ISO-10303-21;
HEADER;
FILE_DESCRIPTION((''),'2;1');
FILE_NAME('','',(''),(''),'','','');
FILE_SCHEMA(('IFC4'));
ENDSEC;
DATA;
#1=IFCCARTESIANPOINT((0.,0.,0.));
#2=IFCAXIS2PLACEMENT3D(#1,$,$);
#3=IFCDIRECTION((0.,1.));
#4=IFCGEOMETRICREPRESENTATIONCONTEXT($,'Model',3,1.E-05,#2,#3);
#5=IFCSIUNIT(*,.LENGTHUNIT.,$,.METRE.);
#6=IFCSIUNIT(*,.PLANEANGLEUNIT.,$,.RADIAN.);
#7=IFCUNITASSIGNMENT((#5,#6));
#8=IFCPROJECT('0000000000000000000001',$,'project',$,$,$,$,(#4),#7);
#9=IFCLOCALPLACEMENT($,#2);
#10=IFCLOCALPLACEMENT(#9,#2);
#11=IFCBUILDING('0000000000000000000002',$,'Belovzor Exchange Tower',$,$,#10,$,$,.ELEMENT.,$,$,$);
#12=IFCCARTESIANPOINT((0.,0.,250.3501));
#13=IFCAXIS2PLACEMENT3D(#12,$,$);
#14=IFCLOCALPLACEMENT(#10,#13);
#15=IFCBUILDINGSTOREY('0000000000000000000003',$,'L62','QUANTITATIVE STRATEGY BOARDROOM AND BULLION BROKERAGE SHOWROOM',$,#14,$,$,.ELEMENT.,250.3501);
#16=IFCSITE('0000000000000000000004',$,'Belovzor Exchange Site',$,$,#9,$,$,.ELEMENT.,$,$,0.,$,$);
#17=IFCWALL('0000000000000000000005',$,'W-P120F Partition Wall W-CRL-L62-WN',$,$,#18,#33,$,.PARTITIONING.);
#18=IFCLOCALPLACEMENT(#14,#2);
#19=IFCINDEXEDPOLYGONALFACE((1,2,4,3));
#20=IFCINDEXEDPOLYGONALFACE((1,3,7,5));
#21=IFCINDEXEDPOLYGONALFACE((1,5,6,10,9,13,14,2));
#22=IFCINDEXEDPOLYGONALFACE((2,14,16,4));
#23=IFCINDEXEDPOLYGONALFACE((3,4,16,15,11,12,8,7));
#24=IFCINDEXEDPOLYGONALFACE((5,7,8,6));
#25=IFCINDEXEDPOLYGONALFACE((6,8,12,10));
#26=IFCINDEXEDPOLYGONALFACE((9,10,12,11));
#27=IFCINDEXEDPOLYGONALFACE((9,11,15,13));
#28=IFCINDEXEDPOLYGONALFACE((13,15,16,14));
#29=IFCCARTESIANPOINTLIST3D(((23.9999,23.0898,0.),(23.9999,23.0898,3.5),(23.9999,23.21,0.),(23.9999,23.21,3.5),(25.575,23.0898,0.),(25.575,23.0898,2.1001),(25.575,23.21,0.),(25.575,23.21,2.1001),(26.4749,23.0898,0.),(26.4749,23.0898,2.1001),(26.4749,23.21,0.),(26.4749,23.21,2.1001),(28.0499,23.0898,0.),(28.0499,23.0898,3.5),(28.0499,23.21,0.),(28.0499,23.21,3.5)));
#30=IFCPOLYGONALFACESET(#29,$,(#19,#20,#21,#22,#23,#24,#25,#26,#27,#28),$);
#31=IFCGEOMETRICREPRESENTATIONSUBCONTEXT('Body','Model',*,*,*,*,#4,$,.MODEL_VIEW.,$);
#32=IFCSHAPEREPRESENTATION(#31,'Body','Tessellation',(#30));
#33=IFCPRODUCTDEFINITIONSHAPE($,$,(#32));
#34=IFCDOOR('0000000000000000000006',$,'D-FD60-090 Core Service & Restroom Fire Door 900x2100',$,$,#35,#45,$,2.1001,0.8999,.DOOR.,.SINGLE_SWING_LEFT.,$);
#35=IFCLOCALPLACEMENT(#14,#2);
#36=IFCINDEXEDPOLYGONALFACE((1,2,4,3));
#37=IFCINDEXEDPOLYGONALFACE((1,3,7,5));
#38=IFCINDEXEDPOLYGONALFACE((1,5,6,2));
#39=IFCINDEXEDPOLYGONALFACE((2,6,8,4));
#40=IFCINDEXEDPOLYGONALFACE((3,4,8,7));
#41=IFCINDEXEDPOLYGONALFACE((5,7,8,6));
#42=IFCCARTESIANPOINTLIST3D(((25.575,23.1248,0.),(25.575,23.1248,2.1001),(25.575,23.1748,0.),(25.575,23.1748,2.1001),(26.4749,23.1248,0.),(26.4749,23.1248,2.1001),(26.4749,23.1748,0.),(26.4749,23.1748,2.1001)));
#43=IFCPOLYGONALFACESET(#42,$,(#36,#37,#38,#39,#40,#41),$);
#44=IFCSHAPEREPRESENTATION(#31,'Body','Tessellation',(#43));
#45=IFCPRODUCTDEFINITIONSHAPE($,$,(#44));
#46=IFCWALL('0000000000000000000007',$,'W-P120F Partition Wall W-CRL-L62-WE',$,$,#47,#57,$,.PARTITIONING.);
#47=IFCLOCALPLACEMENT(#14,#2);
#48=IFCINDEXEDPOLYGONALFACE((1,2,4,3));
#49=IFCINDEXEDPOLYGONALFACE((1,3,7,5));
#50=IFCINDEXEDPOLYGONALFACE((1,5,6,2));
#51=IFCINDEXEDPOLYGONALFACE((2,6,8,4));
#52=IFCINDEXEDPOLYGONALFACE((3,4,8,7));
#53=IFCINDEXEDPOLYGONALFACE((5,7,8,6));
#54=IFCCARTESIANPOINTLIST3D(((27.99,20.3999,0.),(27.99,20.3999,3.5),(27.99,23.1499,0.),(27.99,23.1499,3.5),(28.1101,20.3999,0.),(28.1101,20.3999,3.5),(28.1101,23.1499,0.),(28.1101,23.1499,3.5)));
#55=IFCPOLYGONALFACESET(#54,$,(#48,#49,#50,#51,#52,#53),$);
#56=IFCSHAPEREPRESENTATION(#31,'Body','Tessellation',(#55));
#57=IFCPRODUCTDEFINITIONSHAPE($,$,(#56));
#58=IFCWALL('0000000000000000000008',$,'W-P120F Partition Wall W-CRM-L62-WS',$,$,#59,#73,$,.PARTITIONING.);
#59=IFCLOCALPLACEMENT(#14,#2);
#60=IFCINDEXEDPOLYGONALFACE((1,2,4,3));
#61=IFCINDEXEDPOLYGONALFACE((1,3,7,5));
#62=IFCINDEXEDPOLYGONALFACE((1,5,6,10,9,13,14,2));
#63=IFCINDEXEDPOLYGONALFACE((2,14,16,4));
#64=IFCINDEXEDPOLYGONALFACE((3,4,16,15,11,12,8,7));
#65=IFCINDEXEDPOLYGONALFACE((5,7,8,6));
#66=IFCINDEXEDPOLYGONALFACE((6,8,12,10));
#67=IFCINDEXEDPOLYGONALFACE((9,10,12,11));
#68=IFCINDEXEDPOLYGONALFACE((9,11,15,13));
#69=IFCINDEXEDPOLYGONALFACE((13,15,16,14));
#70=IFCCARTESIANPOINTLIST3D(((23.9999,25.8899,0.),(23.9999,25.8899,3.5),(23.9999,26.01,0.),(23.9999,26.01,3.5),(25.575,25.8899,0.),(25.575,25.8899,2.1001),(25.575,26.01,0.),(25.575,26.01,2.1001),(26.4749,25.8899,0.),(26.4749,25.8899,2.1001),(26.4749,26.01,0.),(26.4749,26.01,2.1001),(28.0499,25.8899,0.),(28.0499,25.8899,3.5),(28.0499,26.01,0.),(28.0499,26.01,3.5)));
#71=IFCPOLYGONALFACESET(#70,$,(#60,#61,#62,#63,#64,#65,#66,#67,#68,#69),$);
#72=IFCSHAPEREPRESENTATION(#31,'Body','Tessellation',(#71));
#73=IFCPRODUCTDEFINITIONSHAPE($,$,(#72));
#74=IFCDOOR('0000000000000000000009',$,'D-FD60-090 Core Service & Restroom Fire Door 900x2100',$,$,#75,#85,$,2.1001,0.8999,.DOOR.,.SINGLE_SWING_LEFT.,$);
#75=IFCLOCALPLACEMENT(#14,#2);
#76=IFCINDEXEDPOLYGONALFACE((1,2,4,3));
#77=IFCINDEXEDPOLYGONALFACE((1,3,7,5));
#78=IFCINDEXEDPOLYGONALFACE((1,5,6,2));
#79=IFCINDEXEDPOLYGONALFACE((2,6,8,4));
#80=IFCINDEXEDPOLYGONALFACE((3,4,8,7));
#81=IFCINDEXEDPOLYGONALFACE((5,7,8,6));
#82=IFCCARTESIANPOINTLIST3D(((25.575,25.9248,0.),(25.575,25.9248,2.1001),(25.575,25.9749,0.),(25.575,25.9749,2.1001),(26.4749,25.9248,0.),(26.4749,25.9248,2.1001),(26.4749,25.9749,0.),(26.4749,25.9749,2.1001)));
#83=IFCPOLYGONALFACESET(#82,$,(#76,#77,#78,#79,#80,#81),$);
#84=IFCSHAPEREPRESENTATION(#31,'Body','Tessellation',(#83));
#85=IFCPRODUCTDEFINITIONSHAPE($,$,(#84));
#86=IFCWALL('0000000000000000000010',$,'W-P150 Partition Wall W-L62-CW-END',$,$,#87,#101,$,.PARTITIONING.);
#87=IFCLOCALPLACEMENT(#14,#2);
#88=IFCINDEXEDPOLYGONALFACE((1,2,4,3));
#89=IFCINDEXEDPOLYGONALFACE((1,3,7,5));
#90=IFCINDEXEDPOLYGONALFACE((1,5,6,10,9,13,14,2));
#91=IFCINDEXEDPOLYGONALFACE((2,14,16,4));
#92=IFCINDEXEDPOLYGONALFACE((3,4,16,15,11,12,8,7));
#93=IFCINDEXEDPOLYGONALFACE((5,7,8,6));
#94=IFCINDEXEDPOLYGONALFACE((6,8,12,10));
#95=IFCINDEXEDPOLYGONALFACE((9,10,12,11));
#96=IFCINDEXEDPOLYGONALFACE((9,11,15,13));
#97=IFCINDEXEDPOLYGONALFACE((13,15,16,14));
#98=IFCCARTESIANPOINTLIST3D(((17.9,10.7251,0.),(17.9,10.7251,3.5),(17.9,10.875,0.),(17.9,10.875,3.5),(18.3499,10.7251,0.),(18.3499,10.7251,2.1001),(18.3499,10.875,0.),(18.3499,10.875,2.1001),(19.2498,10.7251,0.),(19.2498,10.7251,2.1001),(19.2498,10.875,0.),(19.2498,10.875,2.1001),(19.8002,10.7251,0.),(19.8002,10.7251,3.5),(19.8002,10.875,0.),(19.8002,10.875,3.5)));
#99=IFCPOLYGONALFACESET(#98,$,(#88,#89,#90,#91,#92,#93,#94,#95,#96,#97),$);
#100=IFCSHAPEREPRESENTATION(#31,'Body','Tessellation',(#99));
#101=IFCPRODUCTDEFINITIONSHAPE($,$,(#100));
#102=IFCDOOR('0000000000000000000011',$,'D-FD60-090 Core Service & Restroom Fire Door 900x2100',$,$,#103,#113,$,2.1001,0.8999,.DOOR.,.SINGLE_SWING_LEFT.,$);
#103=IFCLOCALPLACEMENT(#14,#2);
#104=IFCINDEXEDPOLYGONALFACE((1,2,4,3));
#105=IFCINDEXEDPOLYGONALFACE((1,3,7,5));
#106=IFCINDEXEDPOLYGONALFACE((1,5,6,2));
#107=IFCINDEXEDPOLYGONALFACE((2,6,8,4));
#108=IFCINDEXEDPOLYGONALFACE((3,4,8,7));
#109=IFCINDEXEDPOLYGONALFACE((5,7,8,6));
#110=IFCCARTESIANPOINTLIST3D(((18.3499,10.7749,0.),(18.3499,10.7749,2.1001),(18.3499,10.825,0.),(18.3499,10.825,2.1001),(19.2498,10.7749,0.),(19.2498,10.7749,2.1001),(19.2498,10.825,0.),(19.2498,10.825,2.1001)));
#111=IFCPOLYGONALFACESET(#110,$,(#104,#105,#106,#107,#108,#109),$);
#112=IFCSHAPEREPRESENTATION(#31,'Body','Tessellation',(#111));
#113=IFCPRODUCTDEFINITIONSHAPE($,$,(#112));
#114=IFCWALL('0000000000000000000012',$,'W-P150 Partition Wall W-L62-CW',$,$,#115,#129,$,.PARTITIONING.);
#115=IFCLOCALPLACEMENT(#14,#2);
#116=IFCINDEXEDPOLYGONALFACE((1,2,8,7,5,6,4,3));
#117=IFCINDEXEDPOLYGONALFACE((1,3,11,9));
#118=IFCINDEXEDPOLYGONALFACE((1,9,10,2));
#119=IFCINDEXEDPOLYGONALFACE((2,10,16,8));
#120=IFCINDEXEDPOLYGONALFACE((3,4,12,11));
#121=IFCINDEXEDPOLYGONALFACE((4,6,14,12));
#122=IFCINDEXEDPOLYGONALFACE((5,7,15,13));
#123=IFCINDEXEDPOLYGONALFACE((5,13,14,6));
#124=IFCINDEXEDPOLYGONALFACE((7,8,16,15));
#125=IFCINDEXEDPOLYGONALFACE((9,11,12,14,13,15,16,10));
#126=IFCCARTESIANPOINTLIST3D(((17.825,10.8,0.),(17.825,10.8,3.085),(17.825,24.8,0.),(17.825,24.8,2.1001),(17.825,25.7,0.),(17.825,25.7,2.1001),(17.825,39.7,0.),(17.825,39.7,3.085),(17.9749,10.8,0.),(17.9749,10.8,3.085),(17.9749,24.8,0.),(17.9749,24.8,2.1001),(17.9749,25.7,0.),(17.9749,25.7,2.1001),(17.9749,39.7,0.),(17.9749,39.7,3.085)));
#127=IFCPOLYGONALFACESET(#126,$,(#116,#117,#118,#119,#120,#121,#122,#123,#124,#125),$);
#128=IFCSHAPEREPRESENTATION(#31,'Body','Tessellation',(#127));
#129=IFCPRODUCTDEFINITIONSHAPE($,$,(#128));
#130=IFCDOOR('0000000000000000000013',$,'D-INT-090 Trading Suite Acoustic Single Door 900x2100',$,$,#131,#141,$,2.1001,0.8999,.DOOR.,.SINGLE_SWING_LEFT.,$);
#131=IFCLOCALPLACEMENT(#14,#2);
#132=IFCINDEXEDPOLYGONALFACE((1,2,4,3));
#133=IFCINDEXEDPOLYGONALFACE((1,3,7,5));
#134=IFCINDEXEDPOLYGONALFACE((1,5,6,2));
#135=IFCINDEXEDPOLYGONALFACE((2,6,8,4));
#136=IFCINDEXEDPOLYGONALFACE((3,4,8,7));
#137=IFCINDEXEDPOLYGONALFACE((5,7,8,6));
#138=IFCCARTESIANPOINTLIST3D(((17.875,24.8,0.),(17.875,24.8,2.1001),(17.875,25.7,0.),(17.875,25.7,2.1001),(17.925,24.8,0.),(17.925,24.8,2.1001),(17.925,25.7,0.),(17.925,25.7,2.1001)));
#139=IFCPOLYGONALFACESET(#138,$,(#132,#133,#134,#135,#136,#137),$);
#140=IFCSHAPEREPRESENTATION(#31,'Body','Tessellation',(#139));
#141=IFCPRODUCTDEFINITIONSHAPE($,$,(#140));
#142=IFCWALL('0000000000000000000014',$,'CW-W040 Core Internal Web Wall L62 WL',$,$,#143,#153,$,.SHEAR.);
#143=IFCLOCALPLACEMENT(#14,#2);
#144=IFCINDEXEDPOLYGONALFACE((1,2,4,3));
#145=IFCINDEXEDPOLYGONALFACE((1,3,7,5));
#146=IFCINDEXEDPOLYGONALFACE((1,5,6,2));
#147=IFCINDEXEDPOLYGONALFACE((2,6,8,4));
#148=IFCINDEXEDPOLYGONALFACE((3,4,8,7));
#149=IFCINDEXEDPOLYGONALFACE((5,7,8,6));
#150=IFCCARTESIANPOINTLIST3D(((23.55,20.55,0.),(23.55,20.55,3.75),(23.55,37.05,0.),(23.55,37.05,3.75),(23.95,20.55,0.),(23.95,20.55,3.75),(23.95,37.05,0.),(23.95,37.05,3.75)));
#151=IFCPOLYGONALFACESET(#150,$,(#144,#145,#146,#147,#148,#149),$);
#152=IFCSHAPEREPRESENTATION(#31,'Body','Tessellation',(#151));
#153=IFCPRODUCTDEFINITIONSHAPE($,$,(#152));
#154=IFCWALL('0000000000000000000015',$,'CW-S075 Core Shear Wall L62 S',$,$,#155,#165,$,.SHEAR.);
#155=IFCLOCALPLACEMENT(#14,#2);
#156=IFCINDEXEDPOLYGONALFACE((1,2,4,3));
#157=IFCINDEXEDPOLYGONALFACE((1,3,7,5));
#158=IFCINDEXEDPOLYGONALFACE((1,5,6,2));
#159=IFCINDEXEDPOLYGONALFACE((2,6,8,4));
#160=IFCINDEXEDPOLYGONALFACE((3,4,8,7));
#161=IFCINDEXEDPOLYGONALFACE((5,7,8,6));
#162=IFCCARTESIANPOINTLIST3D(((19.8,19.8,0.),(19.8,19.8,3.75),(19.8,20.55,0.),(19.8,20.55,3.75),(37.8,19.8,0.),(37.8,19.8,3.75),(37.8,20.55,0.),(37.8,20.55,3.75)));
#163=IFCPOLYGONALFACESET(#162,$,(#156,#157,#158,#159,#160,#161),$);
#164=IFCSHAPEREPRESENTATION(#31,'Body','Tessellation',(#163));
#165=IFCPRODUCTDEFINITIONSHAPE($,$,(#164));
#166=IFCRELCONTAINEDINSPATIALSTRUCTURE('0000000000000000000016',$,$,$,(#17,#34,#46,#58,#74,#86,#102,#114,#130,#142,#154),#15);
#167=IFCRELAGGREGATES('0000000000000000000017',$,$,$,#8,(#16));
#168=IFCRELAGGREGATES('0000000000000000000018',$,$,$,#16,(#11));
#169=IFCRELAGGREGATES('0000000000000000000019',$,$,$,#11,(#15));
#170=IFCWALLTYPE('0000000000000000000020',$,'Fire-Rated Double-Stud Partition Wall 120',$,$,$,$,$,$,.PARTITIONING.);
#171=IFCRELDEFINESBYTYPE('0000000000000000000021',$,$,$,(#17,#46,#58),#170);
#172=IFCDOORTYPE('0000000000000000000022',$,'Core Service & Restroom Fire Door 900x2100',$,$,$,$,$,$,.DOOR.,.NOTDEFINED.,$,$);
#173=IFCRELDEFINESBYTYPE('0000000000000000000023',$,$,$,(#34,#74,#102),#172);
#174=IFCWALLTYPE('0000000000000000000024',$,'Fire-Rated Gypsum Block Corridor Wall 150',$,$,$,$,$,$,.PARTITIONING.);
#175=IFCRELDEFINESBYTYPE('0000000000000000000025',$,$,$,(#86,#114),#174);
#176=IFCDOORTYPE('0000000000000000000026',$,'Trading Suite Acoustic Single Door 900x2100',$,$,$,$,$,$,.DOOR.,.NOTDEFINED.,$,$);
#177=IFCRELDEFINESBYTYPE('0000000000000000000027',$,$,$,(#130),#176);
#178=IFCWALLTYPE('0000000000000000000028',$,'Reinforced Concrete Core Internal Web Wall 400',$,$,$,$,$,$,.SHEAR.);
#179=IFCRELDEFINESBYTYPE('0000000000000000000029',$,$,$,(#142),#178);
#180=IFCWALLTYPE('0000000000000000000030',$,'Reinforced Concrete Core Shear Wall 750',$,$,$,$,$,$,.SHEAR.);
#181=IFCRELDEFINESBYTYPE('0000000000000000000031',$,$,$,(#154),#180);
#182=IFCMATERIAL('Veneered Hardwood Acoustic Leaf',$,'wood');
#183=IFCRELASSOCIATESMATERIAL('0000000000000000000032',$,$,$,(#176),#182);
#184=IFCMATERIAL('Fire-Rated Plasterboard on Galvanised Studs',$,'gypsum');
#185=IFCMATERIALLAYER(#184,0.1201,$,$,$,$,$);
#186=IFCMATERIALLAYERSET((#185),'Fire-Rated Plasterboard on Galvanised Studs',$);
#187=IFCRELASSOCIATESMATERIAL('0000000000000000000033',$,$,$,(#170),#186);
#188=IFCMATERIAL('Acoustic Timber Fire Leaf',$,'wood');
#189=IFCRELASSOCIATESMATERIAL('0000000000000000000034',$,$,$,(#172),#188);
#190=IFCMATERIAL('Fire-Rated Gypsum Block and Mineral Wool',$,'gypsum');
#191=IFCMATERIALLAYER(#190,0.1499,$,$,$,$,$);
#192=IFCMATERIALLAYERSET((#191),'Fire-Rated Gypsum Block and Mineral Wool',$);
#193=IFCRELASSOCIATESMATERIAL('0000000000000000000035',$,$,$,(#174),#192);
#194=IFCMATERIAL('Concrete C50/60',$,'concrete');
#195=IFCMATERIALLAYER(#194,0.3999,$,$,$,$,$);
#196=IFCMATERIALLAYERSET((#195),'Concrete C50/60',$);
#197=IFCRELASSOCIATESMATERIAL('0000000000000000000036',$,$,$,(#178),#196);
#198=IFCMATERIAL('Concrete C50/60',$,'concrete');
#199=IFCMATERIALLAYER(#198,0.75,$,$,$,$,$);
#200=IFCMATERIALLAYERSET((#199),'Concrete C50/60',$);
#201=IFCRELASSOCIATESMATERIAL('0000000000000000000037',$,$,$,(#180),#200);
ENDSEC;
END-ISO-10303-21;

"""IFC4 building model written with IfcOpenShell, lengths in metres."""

from ifc_helpers import new_model, si_unit, direction, frame, frame_2d, origin, place, context, subcontext, project, spatial, rectangle, extrude, material, layer, layer_set, type_object, element, fill, save


model = new_model("IFC4")

# Units and contexts
model_context = context("Model", 3, precision=1e-05, world=origin(), true_north=direction((0.0, 1.0)))
body_context = subcontext(model_context, "Body", "Model", "MODEL_VIEW")
ifc_project = project(units=[si_unit("LENGTHUNIT", "METRE"), si_unit("PLANEANGLEUNIT", "RADIAN")], contexts=[model_context])

# Site, building, storey
site_placement = place(None, origin())
site = spatial("IfcSite", under=ifc_project, at=site_placement, Name="Belovzor Exchange Site", CompositionType="ELEMENT", RefElevation=0.0)
building_placement = place(site_placement, origin())
building = spatial("IfcBuilding", under=site, at=building_placement, Name="Belovzor Exchange Tower", CompositionType="ELEMENT")
storey_placement = place(building_placement, frame((0.0, 0.0, 250.3501)))
storey = spatial("IfcBuildingStorey", under=building, at=storey_placement, Name="L62", Description="QUANTITATIVE STRATEGY BOARDROOM AND BULLION BROKERAGE SHOWROOM", CompositionType="ELEMENT", Elevation=250.3501)

# Wall, opening, door
ifc_material_1 = material(Name="Veneered Hardwood Acoustic Leaf", Category="wood")
door_type_1 = type_object("IfcDoorType", Name="Trading Suite Acoustic Single Door 900x2100", OperationType="NOTDEFINED", PredefinedType="DOOR", material=ifc_material_1)
ifc_material_2 = material(Name="Fire-Rated Plasterboard on Galvanised Studs", Category="gypsum")
ifc_layer_1 = layer(ifc_material_2, 0.1201)
ifc_layer_set_1 = layer_set([ifc_layer_1], Name="Fire-Rated Plasterboard on Galvanised Studs")
wall_type_1 = type_object("IfcWallType", Name="Fire-Rated Double-Stud Partition Wall 120", PredefinedType="PARTITIONING", material=ifc_layer_set_1)
wall_1_placement = place(storey_placement, frame((24.0, 23.1499, 0.0), z_axis=(0.0, 0.0, 1.0), x_axis=(1.0, 0.0, 0.0)))
wall_1 = element("IfcWall", 1, at=wall_1_placement, inside=storey, type_object=wall_type_1, Name="W-P120F Partition Wall W-CRL-L62-WN", PredefinedType="PARTITIONING", context=body_context, shape_type="SweptSolid", body=[
    extrude(rectangle(XDim=4.05, YDim=0.1201, at=frame_2d((2.0249, 0.0))), origin(), (0.0, 0.0, 1.0), 3.5),
])
opening_1_placement = place(wall_1_placement, frame((1.575, 0.0, 0.0)))
opening_1 = element("IfcOpeningElement", 2, at=opening_1_placement, cuts=wall_1, PredefinedType="OPENING", context=body_context, shape_type="SweptSolid", body=[
    extrude(rectangle(XDim=0.8999, YDim=2.1001, at=frame_2d((0.45, 1.05))), frame((0.0, 0.0701, 0.0), z_axis=(0.0, -1.0, 0.0), x_axis=(1.0, 0.0, 0.0)), (0.0, 0.0, 1.0), 0.1401),
])
ifc_material_3 = material(Name="Acoustic Timber Fire Leaf", Category="wood")
door_type_2 = type_object("IfcDoorType", Name="Core Service & Restroom Fire Door 900x2100", OperationType="NOTDEFINED", PredefinedType="DOOR", material=ifc_material_3)
door_1_placement = place(opening_1_placement, origin())
door_1 = element("IfcDoor", 3, at=door_1_placement, inside=storey, type_object=door_type_2, Name="D-FD60-090 Core Service & Restroom Fire Door 900x2100", OperationType="SINGLE_SWING_LEFT", OverallHeight=2.1001, OverallWidth=0.8999, PredefinedType="DOOR", context=body_context, shape_type="SweptSolid", body=[
    extrude(rectangle(XDim=0.8999, YDim=2.1001, at=frame_2d((0.45, 1.05))), frame((0.0, 0.0249, 0.0), z_axis=(0.0, -1.0, 0.0), x_axis=(1.0, 0.0, 0.0)), (0.0, 0.0, 1.0), 0.05),
])
fill(opening_1, door_1)

# Wall
wall_2_placement = place(storey_placement, frame((28.05, 20.3999, 0.0), z_axis=(0.0, 0.0, 1.0), x_axis=(0.0, 1.0, 0.0)))
element("IfcWall", 4, at=wall_2_placement, inside=storey, type_object=wall_type_1, Name="W-P120F Partition Wall W-CRL-L62-WE", PredefinedType="PARTITIONING", context=body_context, shape_type="SweptSolid", body=[
    extrude(rectangle(XDim=2.75, YDim=0.1201, at=frame_2d((1.375, 0.0))), origin(), (0.0, 0.0, 1.0), 3.5),
])

# Walls, openings, doors
wall_3_placement = place(storey_placement, frame((24.0, 25.95, 0.0), z_axis=(0.0, 0.0, 1.0), x_axis=(1.0, 0.0, 0.0)))
wall_3 = element("IfcWall", 5, at=wall_3_placement, inside=storey, type_object=wall_type_1, Name="W-P120F Partition Wall W-CRM-L62-WS", PredefinedType="PARTITIONING", context=body_context, shape_type="SweptSolid", body=[
    extrude(rectangle(XDim=4.05, YDim=0.1201, at=frame_2d((2.0249, 0.0))), origin(), (0.0, 0.0, 1.0), 3.5),
])
opening_2_placement = place(wall_3_placement, frame((1.575, 0.0, 0.0)))
opening_2 = element("IfcOpeningElement", 6, at=opening_2_placement, cuts=wall_3, PredefinedType="OPENING", context=body_context, shape_type="SweptSolid", body=[
    extrude(rectangle(XDim=0.8999, YDim=2.1001, at=frame_2d((0.45, 1.05))), frame((0.0, 0.0701, 0.0), z_axis=(0.0, -1.0, 0.0), x_axis=(1.0, 0.0, 0.0)), (0.0, 0.0, 1.0), 0.1401),
])
door_2_placement = place(opening_2_placement, origin())
door_2 = element("IfcDoor", 7, at=door_2_placement, inside=storey, type_object=door_type_2, Name="D-FD60-090 Core Service & Restroom Fire Door 900x2100", OperationType="SINGLE_SWING_LEFT", OverallHeight=2.1001, OverallWidth=0.8999, PredefinedType="DOOR", context=body_context, shape_type="SweptSolid", body=[
    extrude(rectangle(XDim=0.8999, YDim=2.1001, at=frame_2d((0.45, 1.05))), frame((0.0, 0.0249, 0.0), z_axis=(0.0, -1.0, 0.0), x_axis=(1.0, 0.0, 0.0)), (0.0, 0.0, 1.0), 0.05),
])
fill(opening_2, door_2)
ifc_material_4 = material(Name="Fire-Rated Gypsum Block and Mineral Wool", Category="gypsum")
ifc_layer_2 = layer(ifc_material_4, 0.1499)
ifc_layer_set_2 = layer_set([ifc_layer_2], Name="Fire-Rated Gypsum Block and Mineral Wool")
wall_type_2 = type_object("IfcWallType", Name="Fire-Rated Gypsum Block Corridor Wall 150", PredefinedType="PARTITIONING", material=ifc_layer_set_2)
wall_4_placement = place(storey_placement, frame((17.8999, 10.8, 0.0), z_axis=(0.0, 0.0, 1.0), x_axis=(1.0, 0.0, 0.0)))
wall_4 = element("IfcWall", 8, at=wall_4_placement, inside=storey, type_object=wall_type_2, Name="W-P150 Partition Wall W-L62-CW-END", PredefinedType="PARTITIONING", context=body_context, shape_type="SweptSolid", body=[
    extrude(rectangle(XDim=1.9001, YDim=0.1499, at=frame_2d((0.9502, 0.0))), origin(), (0.0, 0.0, 1.0), 3.5),
])
opening_3_placement = place(wall_4_placement, frame((0.45, 0.0, 0.0)))
opening_3 = element("IfcOpeningElement", 9, at=opening_3_placement, cuts=wall_4, PredefinedType="OPENING", context=body_context, shape_type="SweptSolid", body=[
    extrude(rectangle(XDim=0.8999, YDim=2.1001, at=frame_2d((0.45, 1.05))), frame((0.0, 0.085, 0.0), z_axis=(0.0, -1.0, 0.0), x_axis=(1.0, 0.0, 0.0)), (0.0, 0.0, 1.0), 0.1699),
])
door_3_placement = place(opening_3_placement, origin())
door_3 = element("IfcDoor", 10, at=door_3_placement, inside=storey, type_object=door_type_2, Name="D-FD60-090 Core Service & Restroom Fire Door 900x2100", OperationType="SINGLE_SWING_LEFT", OverallHeight=2.1001, OverallWidth=0.8999, PredefinedType="DOOR", context=body_context, shape_type="SweptSolid", body=[
    extrude(rectangle(XDim=0.8999, YDim=2.1001, at=frame_2d((0.45, 1.05))), frame((0.0, 0.0249, 0.0), z_axis=(0.0, -1.0, 0.0), x_axis=(1.0, 0.0, 0.0)), (0.0, 0.0, 1.0), 0.05),
])
fill(opening_3, door_3)
wall_5_placement = place(storey_placement, frame((17.8999, 10.8, 0.0), z_axis=(0.0, 0.0, 1.0), x_axis=(0.0, 1.0, 0.0)))
wall_5 = element("IfcWall", 11, at=wall_5_placement, inside=storey, type_object=wall_type_2, Name="W-P150 Partition Wall W-L62-CW", PredefinedType="PARTITIONING", context=body_context, shape_type="SweptSolid", body=[
    extrude(rectangle(XDim=28.8999, YDim=0.1499, at=frame_2d((14.45, 0.0))), origin(), (0.0, 0.0, 1.0), 3.085),
])
opening_4_placement = place(wall_5_placement, frame((14.0, 0.0, 0.0)))
opening_4 = element("IfcOpeningElement", 12, at=opening_4_placement, cuts=wall_5, PredefinedType="OPENING", context=body_context, shape_type="SweptSolid", body=[
    extrude(rectangle(XDim=0.8999, YDim=2.1001, at=frame_2d((0.45, 1.05))), frame((0.0, 0.085, 0.0), z_axis=(0.0, -1.0, 0.0), x_axis=(1.0, 0.0, 0.0)), (0.0, 0.0, 1.0), 0.1699),
])
door_4_placement = place(opening_4_placement, origin())
door_4 = element("IfcDoor", 13, at=door_4_placement, inside=storey, type_object=door_type_1, Name="D-INT-090 Trading Suite Acoustic Single Door 900x2100", OperationType="SINGLE_SWING_LEFT", OverallHeight=2.1001, OverallWidth=0.8999, PredefinedType="DOOR", context=body_context, shape_type="SweptSolid", body=[
    extrude(rectangle(XDim=0.8999, YDim=2.1001, at=frame_2d((0.45, 1.05))), frame((0.0, 0.0249, 0.0), z_axis=(0.0, -1.0, 0.0), x_axis=(1.0, 0.0, 0.0)), (0.0, 0.0, 1.0), 0.05),
])
fill(opening_4, door_4)

# Walls
ifc_material_5 = material(Name="Concrete C50/60", Category="concrete")
ifc_layer_3 = layer(ifc_material_5, 0.3999)
ifc_layer_set_3 = layer_set([ifc_layer_3], Name="Concrete C50/60")
wall_type_3 = type_object("IfcWallType", Name="Reinforced Concrete Core Internal Web Wall 400", PredefinedType="SHEAR", material=ifc_layer_set_3)
wall_6_placement = place(storey_placement, frame((23.75, 20.55, 0.0), z_axis=(0.0, 0.0, 1.0), x_axis=(0.0, 1.0, 0.0)))
element("IfcWall", 14, at=wall_6_placement, inside=storey, type_object=wall_type_3, Name="CW-W040 Core Internal Web Wall L62 WL", PredefinedType="SHEAR", context=body_context, shape_type="SweptSolid", body=[
    extrude(rectangle(XDim=16.5, YDim=0.3999, at=frame_2d((8.25, 0.0))), origin(), (0.0, 0.0, 1.0), 3.75),
])
ifc_material_6 = material(Name="Concrete C50/60", Category="concrete")
ifc_layer_4 = layer(ifc_material_6, 0.75)
ifc_layer_set_4 = layer_set([ifc_layer_4], Name="Concrete C50/60")
wall_type_4 = type_object("IfcWallType", Name="Reinforced Concrete Core Shear Wall 750", PredefinedType="SHEAR", material=ifc_layer_set_4)
wall_7_placement = place(storey_placement, frame((19.8, 20.175, 0.0), z_axis=(0.0, 0.0, 1.0), x_axis=(1.0, 0.0, 0.0)))
element("IfcWall", 15, at=wall_7_placement, inside=storey, type_object=wall_type_4, Name="CW-S075 Core Shear Wall L62 S", PredefinedType="SHEAR", context=body_context, shape_type="SweptSolid", body=[
    extrude(rectangle(XDim=18.0, YDim=0.75, at=frame_2d((9.0, 0.0))), origin(), (0.0, 0.0, 1.0), 3.75),
])

save(model, "model.ifc")
